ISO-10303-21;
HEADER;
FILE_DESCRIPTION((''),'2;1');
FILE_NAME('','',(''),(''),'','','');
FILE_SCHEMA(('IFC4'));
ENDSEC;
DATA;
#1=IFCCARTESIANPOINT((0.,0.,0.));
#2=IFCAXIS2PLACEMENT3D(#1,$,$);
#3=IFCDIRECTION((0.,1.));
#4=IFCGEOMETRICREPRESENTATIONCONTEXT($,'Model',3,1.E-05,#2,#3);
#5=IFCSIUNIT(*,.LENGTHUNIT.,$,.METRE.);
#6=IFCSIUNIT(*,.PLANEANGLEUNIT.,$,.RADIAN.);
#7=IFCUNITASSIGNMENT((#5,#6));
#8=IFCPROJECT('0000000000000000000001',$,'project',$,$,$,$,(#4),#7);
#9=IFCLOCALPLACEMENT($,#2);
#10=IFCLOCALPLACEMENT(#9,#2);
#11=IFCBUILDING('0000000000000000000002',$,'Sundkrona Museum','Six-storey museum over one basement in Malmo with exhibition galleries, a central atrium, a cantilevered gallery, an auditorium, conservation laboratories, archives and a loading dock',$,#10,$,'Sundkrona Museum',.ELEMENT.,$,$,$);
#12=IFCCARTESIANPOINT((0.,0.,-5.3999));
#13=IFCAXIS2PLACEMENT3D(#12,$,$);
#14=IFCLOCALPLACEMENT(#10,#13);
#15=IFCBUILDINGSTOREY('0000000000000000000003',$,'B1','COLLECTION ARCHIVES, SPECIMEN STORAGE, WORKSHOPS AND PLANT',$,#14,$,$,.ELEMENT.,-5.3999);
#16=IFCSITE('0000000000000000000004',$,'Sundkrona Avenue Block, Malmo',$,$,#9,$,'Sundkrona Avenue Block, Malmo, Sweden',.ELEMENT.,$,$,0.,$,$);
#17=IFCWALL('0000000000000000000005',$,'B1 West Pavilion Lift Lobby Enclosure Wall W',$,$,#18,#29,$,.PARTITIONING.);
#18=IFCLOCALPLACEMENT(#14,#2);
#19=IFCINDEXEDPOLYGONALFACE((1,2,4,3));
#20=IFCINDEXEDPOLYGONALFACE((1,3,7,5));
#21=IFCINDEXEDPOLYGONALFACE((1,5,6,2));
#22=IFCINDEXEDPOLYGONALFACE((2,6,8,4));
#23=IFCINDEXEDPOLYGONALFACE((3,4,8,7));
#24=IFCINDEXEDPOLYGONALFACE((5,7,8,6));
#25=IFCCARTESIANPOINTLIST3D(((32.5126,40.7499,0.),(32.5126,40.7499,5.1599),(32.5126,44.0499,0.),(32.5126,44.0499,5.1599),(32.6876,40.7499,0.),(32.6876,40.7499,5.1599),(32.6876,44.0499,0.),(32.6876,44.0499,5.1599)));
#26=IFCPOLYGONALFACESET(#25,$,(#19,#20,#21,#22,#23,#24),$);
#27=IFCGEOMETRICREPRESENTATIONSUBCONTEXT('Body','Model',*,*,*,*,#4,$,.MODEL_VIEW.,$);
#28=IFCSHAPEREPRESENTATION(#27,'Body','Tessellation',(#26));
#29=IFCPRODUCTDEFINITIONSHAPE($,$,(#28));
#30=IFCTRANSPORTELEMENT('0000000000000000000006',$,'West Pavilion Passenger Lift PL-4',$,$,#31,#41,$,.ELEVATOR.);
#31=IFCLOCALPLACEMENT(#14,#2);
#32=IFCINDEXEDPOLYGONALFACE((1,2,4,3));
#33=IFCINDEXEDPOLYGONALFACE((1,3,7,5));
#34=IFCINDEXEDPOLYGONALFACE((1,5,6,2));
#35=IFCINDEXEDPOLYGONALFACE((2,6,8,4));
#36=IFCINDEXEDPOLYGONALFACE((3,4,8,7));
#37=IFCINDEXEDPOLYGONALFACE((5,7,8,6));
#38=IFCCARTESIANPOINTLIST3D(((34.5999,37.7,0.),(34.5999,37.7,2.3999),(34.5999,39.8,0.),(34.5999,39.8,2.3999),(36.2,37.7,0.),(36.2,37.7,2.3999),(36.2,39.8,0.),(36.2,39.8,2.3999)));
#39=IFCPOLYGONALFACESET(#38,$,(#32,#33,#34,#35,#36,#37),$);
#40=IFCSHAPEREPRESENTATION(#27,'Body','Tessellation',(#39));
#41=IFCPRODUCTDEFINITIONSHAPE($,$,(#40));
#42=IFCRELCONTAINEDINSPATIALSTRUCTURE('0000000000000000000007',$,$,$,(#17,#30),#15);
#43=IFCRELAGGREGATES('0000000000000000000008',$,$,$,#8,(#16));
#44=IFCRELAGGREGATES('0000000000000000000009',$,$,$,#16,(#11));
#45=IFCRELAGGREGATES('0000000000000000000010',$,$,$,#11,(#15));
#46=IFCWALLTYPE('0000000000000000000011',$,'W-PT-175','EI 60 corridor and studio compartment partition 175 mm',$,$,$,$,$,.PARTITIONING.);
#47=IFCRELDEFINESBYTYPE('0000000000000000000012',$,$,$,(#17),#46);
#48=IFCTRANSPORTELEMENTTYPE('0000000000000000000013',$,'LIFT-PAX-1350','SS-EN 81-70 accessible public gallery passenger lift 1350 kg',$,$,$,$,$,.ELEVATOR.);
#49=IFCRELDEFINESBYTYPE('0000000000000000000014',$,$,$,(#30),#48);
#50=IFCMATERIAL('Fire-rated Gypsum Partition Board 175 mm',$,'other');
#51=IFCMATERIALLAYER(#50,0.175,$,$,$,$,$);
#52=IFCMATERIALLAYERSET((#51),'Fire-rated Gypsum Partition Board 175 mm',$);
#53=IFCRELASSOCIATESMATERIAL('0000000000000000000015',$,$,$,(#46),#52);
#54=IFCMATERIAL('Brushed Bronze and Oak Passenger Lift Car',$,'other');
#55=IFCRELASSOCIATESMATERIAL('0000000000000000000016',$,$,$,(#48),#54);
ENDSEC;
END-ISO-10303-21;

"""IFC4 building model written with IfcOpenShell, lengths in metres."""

from ifc_helpers import new_model, si_unit, direction, frame, frame_2d, origin, origin_2d, place, context, subcontext, project, spatial, rectangle, extrude, material, layer, layer_set, type_object, element, save


model = new_model("IFC4")

# Units and contexts
model_context = context("Model", 3, precision=1e-05, world=origin(), true_north=direction((0.0, 1.0)))
body_context = subcontext(model_context, "Body", "Model", "MODEL_VIEW")
ifc_project = project(units=[si_unit("LENGTHUNIT", "METRE"), si_unit("PLANEANGLEUNIT", "RADIAN")], contexts=[model_context])

# Site, building, storey
site_placement = place(None, origin())
site = spatial("IfcSite", under=ifc_project, at=site_placement, Name="Sundkrona Avenue Block, Malmo", LongName="Sundkrona Avenue Block, Malmo, Sweden", CompositionType="ELEMENT", RefElevation=0.0)
building_placement = place(site_placement, origin())
building = spatial("IfcBuilding", under=site, at=building_placement, Name="Sundkrona Museum", Description="Six-storey museum over one basement in Malmo with exhibition galleries, a central atrium, a cantilevered gallery, an auditorium, conservation laboratories, archives and a loading dock", LongName="Sundkrona Museum", CompositionType="ELEMENT")
storey_placement = place(building_placement, frame((0.0, 0.0, -5.3999)))
storey = spatial("IfcBuildingStorey", under=building, at=storey_placement, Name="B1", Description="COLLECTION ARCHIVES, SPECIMEN STORAGE, WORKSHOPS AND PLANT", CompositionType="ELEMENT", Elevation=-5.3999)

# Shared definitions
ifc_material_1 = material(Name="Fire-rated Gypsum Partition Board 175 mm", Category="other")
ifc_layer_1 = layer(ifc_material_1, 0.175)
ifc_layer_set_1 = layer_set([ifc_layer_1], Name="Fire-rated Gypsum Partition Board 175 mm")
wall_type_1 = type_object("IfcWallType", Name="W-PT-175", Description="EI 60 corridor and studio compartment partition 175 mm", PredefinedType="PARTITIONING", material=ifc_layer_set_1)

# Wall
wall_1_placement = place(storey_placement, frame((32.6001, 40.75, 0.0), z_axis=(0.0, 0.0, 1.0), x_axis=(0.0, 1.0, 0.0)))
element("IfcWall", 1, at=wall_1_placement, inside=storey, type_object=wall_type_1, Name="B1 West Pavilion Lift Lobby Enclosure Wall W", PredefinedType="PARTITIONING", context=body_context, shape_type="SweptSolid", body=[
    extrude(rectangle(XDim=3.3, YDim=0.175, at=frame_2d((1.6499, 0.0))), origin(), (0.0, 0.0, 1.0), 5.1599),
])

# Transport element
ifc_material_2 = material(Name="Brushed Bronze and Oak Passenger Lift Car", Category="other")
transport_element_type = type_object("IfcTransportElementType", Name="LIFT-PAX-1350", Description="SS-EN 81-70 accessible public gallery passenger lift 1350 kg", PredefinedType="ELEVATOR", material=ifc_material_2)
transport_element_placement = place(storey_placement, frame((35.3999, 38.75, 0.0), z_axis=(0.0, 0.0, 1.0), x_axis=(1.0, 0.0, 0.0)))
element("IfcTransportElement", 2, at=transport_element_placement, inside=storey, type_object=transport_element_type, Name="West Pavilion Passenger Lift PL-4", PredefinedType="ELEVATOR", context=body_context, shape_type="SweptSolid", body=[
    extrude(rectangle(XDim=1.6001, YDim=2.1001, at=origin_2d()), origin(), (0.0, 0.0, 1.0), 2.3999),
])

save(model, "model.ifc")
